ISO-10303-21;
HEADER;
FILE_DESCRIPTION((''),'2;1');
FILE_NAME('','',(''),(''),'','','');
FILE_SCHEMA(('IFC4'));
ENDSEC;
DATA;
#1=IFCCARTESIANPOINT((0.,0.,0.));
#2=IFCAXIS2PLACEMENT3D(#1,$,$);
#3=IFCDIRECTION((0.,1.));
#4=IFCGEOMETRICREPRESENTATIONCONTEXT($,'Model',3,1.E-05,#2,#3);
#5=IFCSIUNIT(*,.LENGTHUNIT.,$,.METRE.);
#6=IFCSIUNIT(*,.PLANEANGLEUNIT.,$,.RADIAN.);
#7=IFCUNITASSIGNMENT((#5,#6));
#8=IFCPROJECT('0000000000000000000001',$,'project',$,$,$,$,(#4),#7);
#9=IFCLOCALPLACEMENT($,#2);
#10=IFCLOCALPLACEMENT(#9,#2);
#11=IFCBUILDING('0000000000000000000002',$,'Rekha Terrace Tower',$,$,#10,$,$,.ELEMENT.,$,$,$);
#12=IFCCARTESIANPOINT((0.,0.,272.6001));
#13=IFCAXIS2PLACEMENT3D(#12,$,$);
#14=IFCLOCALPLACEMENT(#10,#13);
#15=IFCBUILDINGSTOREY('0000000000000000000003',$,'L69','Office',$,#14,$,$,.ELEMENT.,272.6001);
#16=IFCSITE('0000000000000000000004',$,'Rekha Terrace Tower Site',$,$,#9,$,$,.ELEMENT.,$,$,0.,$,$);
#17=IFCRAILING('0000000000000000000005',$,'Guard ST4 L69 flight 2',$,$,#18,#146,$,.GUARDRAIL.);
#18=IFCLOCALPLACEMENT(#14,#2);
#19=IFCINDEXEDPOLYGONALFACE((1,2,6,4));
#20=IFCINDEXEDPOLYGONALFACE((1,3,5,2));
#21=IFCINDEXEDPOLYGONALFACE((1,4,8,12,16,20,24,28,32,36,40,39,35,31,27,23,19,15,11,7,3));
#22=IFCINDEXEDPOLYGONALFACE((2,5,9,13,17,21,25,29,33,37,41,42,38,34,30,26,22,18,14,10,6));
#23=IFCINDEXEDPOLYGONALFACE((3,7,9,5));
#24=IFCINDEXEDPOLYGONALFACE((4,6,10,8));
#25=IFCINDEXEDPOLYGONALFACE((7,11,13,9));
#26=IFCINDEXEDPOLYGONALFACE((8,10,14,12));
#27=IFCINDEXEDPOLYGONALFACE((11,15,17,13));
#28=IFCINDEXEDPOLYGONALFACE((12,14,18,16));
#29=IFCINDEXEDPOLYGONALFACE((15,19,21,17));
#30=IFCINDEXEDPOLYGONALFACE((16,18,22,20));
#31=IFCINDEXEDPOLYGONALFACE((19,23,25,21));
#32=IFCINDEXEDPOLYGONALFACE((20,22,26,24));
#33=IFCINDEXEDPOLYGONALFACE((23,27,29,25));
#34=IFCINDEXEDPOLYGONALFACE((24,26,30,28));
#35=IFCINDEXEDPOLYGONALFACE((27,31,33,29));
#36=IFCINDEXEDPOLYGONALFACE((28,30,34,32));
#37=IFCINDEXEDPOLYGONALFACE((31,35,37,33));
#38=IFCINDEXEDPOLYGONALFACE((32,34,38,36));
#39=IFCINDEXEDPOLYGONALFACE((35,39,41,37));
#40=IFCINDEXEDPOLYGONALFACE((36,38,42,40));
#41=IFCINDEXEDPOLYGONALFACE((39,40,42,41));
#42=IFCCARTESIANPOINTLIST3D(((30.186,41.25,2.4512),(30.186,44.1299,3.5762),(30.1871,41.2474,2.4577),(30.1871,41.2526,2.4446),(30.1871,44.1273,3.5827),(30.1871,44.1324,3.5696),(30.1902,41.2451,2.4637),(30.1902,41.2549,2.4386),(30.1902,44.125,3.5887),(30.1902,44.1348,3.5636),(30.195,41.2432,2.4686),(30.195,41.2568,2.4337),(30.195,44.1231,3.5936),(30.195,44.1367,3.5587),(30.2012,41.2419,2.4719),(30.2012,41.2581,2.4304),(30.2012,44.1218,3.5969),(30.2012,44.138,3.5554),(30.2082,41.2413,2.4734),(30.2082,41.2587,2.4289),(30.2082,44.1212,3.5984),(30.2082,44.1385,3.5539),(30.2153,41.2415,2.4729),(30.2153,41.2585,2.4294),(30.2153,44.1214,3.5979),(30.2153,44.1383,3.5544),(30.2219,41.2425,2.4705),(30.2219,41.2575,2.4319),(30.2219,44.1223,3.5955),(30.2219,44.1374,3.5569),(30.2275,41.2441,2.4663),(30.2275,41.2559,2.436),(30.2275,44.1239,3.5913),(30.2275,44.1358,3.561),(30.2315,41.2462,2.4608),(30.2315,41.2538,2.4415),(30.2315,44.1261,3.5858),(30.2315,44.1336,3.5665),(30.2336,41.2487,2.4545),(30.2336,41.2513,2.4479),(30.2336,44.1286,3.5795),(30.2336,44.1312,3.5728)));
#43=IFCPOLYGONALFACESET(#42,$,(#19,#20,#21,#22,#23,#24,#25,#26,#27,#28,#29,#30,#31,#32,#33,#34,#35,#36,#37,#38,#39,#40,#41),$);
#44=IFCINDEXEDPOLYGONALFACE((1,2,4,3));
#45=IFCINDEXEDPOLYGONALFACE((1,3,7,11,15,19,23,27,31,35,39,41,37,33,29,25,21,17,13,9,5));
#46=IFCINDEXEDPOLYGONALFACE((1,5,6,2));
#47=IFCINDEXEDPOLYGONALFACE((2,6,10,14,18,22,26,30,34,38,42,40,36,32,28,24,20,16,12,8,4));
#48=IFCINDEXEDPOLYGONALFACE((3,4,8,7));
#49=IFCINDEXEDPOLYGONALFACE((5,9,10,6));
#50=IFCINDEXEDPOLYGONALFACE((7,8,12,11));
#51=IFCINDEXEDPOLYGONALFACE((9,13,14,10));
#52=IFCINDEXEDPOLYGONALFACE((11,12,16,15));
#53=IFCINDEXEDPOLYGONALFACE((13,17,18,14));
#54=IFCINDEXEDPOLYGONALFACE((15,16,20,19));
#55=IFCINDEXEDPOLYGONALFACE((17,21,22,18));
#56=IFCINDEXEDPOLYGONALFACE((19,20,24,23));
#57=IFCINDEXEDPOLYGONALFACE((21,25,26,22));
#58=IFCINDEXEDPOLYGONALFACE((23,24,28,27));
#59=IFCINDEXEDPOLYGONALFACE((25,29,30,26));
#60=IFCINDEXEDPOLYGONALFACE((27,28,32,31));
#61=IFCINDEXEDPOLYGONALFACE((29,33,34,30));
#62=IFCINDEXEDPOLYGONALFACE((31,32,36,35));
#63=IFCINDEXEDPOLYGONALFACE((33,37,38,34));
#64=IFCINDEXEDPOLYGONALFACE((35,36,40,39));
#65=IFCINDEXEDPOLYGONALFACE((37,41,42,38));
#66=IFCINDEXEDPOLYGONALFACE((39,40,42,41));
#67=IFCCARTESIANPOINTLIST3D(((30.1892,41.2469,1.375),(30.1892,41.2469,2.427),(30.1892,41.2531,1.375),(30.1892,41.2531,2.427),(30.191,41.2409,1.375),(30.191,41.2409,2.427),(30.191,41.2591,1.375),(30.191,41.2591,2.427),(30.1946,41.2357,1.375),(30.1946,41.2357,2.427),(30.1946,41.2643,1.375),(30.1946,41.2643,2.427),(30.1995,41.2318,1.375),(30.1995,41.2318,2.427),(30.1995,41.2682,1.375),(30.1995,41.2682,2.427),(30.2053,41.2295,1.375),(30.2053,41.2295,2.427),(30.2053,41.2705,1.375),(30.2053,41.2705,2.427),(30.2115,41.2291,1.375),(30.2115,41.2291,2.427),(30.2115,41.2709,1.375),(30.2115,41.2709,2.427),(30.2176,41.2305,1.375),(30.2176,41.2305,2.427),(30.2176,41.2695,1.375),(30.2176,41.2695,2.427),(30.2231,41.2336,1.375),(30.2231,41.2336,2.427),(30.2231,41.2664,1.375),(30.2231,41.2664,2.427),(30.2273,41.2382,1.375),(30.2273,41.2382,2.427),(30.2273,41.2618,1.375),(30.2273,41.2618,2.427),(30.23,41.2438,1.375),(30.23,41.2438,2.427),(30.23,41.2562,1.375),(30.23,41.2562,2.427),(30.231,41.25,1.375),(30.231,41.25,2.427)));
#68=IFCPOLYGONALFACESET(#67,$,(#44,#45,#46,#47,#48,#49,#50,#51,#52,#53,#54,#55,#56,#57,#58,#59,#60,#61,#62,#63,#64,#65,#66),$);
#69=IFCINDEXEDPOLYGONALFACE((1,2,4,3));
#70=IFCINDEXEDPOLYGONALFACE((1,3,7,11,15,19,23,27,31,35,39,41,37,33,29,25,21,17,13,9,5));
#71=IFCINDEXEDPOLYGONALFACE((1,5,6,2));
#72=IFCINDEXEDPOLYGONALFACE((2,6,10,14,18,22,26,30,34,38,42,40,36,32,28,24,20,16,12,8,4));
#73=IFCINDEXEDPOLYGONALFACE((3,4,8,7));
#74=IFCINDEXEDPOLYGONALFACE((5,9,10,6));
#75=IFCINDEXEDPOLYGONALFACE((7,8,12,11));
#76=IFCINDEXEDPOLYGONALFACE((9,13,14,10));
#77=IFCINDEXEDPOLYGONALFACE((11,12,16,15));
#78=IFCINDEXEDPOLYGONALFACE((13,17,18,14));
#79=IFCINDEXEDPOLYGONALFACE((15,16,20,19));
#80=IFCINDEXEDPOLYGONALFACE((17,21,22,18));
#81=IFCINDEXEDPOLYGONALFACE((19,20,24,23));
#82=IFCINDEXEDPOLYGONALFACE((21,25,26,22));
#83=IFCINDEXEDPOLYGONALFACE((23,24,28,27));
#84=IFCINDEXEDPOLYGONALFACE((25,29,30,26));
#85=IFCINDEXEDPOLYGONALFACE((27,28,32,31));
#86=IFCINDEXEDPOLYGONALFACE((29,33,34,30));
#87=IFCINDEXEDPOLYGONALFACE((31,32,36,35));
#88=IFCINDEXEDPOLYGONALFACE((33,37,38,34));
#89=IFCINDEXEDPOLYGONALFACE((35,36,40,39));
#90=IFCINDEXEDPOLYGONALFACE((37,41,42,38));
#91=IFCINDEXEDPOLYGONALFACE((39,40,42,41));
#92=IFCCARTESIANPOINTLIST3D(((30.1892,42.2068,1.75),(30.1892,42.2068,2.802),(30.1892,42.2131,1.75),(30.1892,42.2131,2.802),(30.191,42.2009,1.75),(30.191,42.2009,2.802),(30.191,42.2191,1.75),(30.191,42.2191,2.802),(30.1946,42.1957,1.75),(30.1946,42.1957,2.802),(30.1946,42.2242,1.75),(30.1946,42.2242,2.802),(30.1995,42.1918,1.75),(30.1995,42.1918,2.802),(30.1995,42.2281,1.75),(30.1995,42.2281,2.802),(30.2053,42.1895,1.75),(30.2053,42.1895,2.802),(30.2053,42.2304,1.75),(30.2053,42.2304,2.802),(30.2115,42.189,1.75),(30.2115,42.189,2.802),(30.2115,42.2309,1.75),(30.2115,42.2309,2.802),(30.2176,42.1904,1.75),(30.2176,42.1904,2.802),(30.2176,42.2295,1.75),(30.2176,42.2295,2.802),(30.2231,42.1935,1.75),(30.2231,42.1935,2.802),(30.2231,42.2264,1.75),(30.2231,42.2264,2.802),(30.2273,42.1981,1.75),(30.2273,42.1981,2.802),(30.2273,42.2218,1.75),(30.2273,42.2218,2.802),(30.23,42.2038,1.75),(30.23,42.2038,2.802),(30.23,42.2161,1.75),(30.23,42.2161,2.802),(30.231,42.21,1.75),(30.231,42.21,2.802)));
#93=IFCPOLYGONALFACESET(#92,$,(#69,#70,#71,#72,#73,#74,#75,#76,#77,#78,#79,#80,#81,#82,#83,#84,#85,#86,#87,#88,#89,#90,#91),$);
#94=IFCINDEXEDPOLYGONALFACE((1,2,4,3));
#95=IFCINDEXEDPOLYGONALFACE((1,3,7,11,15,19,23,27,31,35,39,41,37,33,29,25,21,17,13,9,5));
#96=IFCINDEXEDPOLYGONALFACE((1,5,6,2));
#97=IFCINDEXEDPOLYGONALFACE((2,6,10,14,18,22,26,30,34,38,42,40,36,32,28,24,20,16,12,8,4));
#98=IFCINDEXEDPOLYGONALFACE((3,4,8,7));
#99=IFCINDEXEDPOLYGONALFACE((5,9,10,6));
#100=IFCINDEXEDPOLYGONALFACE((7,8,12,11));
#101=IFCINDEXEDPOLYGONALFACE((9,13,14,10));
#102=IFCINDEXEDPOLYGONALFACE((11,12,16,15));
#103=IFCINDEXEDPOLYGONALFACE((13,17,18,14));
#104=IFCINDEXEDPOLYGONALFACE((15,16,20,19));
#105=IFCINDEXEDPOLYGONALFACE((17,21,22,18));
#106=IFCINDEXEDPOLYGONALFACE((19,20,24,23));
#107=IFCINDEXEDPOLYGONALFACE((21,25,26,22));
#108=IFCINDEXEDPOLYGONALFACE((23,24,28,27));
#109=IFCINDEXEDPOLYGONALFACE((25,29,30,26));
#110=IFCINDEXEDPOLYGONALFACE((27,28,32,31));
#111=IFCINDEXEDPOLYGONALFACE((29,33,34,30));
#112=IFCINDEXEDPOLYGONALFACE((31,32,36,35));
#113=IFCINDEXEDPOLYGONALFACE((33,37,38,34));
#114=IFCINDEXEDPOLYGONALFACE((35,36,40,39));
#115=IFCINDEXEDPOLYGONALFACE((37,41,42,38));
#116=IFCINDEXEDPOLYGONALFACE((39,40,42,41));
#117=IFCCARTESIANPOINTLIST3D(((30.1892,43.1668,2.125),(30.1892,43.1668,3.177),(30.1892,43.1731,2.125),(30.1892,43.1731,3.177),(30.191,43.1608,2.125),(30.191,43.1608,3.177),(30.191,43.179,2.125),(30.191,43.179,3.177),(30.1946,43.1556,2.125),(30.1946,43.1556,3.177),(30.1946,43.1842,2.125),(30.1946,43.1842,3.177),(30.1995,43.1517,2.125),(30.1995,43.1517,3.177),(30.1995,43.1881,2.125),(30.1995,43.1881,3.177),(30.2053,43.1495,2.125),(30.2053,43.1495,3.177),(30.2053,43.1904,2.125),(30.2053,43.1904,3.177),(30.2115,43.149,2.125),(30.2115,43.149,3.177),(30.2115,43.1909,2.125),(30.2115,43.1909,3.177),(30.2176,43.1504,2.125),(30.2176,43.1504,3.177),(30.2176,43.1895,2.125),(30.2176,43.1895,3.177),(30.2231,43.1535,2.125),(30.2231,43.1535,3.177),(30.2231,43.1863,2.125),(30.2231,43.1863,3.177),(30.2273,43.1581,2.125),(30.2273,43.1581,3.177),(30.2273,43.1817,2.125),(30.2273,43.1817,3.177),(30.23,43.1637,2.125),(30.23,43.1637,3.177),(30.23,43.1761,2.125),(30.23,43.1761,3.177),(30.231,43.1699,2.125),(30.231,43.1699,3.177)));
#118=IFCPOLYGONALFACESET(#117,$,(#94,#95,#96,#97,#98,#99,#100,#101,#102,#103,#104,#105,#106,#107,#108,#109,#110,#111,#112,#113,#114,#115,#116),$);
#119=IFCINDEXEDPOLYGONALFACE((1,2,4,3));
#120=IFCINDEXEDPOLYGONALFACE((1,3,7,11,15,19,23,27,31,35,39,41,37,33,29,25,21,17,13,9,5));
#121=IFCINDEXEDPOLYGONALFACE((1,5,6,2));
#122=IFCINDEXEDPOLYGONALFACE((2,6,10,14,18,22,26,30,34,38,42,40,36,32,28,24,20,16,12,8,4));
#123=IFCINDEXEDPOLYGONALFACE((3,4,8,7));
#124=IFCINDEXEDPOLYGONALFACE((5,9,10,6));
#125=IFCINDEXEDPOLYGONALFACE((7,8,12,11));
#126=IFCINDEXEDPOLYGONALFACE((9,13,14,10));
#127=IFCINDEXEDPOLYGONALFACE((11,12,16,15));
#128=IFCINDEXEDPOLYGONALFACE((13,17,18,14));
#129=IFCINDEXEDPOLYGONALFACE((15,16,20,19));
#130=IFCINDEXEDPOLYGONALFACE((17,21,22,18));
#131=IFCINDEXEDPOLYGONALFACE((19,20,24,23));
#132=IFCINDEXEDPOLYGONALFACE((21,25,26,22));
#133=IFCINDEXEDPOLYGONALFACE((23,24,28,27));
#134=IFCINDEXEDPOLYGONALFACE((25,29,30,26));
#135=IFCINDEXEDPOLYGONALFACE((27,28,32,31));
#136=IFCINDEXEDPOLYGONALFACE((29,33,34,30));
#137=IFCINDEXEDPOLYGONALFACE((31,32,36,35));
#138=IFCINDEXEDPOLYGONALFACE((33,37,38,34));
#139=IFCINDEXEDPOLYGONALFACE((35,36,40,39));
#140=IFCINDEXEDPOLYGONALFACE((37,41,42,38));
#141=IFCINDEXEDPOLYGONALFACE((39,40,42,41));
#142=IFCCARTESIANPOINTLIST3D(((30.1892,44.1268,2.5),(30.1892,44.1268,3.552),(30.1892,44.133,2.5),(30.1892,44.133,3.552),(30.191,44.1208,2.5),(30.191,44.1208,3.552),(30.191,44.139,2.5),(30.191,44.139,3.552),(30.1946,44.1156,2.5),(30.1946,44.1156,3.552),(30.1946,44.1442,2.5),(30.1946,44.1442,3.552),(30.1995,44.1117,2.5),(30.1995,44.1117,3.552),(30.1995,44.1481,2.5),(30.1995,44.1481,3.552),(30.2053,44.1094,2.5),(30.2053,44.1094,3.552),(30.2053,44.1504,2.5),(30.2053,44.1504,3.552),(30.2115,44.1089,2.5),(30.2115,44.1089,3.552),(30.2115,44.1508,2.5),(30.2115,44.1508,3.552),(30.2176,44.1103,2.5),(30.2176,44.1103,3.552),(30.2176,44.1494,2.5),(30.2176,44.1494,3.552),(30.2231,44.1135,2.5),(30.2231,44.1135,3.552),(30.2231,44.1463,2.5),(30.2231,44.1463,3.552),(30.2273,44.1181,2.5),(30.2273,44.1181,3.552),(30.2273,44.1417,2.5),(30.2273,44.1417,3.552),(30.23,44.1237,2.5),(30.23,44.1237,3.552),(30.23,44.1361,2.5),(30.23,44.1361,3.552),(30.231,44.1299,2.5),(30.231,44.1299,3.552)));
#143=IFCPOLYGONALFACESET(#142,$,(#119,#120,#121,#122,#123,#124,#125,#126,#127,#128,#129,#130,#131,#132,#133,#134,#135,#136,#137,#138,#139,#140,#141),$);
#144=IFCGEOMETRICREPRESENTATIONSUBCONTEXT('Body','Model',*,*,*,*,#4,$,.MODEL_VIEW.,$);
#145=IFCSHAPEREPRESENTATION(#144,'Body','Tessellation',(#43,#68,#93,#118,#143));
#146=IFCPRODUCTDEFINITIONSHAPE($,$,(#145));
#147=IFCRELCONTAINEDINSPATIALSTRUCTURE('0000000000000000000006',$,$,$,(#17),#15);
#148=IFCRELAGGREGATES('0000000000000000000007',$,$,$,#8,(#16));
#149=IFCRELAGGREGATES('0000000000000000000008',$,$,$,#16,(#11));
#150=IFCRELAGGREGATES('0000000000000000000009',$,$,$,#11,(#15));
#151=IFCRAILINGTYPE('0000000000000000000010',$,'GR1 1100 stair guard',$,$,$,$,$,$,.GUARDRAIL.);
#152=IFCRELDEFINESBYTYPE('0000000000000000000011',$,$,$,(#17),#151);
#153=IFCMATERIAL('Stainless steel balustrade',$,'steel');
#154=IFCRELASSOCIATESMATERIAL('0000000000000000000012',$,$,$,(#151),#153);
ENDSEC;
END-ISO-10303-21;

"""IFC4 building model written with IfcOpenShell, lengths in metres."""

from ifc_helpers import new_model, si_unit, direction, frame, origin, origin_2d, place, context, subcontext, project, spatial, circle, extrude, material, type_object, element, save


model = new_model("IFC4")

# Units and contexts
model_context = context("Model", 3, precision=1e-05, world=origin(), true_north=direction((0.0, 1.0)))
body_context = subcontext(model_context, "Body", "Model", "MODEL_VIEW")
ifc_project = project(units=[si_unit("LENGTHUNIT", "METRE"), si_unit("PLANEANGLEUNIT", "RADIAN")], contexts=[model_context])

# Site, building, storey
site_placement = place(None, origin())
site = spatial("IfcSite", under=ifc_project, at=site_placement, Name="Rekha Terrace Tower Site", CompositionType="ELEMENT", RefElevation=0.0)
building_placement = place(site_placement, origin())
building = spatial("IfcBuilding", under=site, at=building_placement, Name="Rekha Terrace Tower", CompositionType="ELEMENT")
storey_placement = place(building_placement, frame((0.0, 0.0, 272.6001)))
storey = spatial("IfcBuildingStorey", under=building, at=storey_placement, Name="L69", Description="Office", CompositionType="ELEMENT", Elevation=272.6001)

# Railing
ifc_material_1 = material(Name="Stainless steel balustrade", Category="steel")
railing_type_1 = type_object("IfcRailingType", Name="GR1 1100 stair guard", PredefinedType="GUARDRAIL", material=ifc_material_1)
railing_1_placement = place(storey_placement, frame((30.21, 41.25, 1.375)))
element("IfcRailing", 1, at=railing_1_placement, inside=storey, type_object=railing_type_1, Name="Guard ST4 L69 flight 2", PredefinedType="GUARDRAIL", context=body_context, shape_type="SweptSolid", body=[
    extrude(circle(Radius=0.0239, at=origin_2d()), frame((0.0, 0.0, 1.0762), z_axis=(0.0, 0.931452, 0.363863), x_axis=(-1.0, 0.0, 0.0)), (0.0, 0.0, 1.0), 3.0918),
    extrude(circle(Radius=0.021, at=origin_2d()), origin(), (0.0, 0.0, 1.0), 1.052),
    extrude(circle(Radius=0.021, at=origin_2d()), frame((0.0, 0.96, 0.375)), (0.0, 0.0, 1.0), 1.052),
    extrude(circle(Radius=0.021, at=origin_2d()), frame((0.0, 1.9199, 0.75)), (0.0, 0.0, 1.0), 1.052),
    extrude(circle(Radius=0.021, at=origin_2d()), frame((0.0, 2.8799, 1.125)), (0.0, 0.0, 1.0), 1.052),
])

save(model, "model.ifc")
